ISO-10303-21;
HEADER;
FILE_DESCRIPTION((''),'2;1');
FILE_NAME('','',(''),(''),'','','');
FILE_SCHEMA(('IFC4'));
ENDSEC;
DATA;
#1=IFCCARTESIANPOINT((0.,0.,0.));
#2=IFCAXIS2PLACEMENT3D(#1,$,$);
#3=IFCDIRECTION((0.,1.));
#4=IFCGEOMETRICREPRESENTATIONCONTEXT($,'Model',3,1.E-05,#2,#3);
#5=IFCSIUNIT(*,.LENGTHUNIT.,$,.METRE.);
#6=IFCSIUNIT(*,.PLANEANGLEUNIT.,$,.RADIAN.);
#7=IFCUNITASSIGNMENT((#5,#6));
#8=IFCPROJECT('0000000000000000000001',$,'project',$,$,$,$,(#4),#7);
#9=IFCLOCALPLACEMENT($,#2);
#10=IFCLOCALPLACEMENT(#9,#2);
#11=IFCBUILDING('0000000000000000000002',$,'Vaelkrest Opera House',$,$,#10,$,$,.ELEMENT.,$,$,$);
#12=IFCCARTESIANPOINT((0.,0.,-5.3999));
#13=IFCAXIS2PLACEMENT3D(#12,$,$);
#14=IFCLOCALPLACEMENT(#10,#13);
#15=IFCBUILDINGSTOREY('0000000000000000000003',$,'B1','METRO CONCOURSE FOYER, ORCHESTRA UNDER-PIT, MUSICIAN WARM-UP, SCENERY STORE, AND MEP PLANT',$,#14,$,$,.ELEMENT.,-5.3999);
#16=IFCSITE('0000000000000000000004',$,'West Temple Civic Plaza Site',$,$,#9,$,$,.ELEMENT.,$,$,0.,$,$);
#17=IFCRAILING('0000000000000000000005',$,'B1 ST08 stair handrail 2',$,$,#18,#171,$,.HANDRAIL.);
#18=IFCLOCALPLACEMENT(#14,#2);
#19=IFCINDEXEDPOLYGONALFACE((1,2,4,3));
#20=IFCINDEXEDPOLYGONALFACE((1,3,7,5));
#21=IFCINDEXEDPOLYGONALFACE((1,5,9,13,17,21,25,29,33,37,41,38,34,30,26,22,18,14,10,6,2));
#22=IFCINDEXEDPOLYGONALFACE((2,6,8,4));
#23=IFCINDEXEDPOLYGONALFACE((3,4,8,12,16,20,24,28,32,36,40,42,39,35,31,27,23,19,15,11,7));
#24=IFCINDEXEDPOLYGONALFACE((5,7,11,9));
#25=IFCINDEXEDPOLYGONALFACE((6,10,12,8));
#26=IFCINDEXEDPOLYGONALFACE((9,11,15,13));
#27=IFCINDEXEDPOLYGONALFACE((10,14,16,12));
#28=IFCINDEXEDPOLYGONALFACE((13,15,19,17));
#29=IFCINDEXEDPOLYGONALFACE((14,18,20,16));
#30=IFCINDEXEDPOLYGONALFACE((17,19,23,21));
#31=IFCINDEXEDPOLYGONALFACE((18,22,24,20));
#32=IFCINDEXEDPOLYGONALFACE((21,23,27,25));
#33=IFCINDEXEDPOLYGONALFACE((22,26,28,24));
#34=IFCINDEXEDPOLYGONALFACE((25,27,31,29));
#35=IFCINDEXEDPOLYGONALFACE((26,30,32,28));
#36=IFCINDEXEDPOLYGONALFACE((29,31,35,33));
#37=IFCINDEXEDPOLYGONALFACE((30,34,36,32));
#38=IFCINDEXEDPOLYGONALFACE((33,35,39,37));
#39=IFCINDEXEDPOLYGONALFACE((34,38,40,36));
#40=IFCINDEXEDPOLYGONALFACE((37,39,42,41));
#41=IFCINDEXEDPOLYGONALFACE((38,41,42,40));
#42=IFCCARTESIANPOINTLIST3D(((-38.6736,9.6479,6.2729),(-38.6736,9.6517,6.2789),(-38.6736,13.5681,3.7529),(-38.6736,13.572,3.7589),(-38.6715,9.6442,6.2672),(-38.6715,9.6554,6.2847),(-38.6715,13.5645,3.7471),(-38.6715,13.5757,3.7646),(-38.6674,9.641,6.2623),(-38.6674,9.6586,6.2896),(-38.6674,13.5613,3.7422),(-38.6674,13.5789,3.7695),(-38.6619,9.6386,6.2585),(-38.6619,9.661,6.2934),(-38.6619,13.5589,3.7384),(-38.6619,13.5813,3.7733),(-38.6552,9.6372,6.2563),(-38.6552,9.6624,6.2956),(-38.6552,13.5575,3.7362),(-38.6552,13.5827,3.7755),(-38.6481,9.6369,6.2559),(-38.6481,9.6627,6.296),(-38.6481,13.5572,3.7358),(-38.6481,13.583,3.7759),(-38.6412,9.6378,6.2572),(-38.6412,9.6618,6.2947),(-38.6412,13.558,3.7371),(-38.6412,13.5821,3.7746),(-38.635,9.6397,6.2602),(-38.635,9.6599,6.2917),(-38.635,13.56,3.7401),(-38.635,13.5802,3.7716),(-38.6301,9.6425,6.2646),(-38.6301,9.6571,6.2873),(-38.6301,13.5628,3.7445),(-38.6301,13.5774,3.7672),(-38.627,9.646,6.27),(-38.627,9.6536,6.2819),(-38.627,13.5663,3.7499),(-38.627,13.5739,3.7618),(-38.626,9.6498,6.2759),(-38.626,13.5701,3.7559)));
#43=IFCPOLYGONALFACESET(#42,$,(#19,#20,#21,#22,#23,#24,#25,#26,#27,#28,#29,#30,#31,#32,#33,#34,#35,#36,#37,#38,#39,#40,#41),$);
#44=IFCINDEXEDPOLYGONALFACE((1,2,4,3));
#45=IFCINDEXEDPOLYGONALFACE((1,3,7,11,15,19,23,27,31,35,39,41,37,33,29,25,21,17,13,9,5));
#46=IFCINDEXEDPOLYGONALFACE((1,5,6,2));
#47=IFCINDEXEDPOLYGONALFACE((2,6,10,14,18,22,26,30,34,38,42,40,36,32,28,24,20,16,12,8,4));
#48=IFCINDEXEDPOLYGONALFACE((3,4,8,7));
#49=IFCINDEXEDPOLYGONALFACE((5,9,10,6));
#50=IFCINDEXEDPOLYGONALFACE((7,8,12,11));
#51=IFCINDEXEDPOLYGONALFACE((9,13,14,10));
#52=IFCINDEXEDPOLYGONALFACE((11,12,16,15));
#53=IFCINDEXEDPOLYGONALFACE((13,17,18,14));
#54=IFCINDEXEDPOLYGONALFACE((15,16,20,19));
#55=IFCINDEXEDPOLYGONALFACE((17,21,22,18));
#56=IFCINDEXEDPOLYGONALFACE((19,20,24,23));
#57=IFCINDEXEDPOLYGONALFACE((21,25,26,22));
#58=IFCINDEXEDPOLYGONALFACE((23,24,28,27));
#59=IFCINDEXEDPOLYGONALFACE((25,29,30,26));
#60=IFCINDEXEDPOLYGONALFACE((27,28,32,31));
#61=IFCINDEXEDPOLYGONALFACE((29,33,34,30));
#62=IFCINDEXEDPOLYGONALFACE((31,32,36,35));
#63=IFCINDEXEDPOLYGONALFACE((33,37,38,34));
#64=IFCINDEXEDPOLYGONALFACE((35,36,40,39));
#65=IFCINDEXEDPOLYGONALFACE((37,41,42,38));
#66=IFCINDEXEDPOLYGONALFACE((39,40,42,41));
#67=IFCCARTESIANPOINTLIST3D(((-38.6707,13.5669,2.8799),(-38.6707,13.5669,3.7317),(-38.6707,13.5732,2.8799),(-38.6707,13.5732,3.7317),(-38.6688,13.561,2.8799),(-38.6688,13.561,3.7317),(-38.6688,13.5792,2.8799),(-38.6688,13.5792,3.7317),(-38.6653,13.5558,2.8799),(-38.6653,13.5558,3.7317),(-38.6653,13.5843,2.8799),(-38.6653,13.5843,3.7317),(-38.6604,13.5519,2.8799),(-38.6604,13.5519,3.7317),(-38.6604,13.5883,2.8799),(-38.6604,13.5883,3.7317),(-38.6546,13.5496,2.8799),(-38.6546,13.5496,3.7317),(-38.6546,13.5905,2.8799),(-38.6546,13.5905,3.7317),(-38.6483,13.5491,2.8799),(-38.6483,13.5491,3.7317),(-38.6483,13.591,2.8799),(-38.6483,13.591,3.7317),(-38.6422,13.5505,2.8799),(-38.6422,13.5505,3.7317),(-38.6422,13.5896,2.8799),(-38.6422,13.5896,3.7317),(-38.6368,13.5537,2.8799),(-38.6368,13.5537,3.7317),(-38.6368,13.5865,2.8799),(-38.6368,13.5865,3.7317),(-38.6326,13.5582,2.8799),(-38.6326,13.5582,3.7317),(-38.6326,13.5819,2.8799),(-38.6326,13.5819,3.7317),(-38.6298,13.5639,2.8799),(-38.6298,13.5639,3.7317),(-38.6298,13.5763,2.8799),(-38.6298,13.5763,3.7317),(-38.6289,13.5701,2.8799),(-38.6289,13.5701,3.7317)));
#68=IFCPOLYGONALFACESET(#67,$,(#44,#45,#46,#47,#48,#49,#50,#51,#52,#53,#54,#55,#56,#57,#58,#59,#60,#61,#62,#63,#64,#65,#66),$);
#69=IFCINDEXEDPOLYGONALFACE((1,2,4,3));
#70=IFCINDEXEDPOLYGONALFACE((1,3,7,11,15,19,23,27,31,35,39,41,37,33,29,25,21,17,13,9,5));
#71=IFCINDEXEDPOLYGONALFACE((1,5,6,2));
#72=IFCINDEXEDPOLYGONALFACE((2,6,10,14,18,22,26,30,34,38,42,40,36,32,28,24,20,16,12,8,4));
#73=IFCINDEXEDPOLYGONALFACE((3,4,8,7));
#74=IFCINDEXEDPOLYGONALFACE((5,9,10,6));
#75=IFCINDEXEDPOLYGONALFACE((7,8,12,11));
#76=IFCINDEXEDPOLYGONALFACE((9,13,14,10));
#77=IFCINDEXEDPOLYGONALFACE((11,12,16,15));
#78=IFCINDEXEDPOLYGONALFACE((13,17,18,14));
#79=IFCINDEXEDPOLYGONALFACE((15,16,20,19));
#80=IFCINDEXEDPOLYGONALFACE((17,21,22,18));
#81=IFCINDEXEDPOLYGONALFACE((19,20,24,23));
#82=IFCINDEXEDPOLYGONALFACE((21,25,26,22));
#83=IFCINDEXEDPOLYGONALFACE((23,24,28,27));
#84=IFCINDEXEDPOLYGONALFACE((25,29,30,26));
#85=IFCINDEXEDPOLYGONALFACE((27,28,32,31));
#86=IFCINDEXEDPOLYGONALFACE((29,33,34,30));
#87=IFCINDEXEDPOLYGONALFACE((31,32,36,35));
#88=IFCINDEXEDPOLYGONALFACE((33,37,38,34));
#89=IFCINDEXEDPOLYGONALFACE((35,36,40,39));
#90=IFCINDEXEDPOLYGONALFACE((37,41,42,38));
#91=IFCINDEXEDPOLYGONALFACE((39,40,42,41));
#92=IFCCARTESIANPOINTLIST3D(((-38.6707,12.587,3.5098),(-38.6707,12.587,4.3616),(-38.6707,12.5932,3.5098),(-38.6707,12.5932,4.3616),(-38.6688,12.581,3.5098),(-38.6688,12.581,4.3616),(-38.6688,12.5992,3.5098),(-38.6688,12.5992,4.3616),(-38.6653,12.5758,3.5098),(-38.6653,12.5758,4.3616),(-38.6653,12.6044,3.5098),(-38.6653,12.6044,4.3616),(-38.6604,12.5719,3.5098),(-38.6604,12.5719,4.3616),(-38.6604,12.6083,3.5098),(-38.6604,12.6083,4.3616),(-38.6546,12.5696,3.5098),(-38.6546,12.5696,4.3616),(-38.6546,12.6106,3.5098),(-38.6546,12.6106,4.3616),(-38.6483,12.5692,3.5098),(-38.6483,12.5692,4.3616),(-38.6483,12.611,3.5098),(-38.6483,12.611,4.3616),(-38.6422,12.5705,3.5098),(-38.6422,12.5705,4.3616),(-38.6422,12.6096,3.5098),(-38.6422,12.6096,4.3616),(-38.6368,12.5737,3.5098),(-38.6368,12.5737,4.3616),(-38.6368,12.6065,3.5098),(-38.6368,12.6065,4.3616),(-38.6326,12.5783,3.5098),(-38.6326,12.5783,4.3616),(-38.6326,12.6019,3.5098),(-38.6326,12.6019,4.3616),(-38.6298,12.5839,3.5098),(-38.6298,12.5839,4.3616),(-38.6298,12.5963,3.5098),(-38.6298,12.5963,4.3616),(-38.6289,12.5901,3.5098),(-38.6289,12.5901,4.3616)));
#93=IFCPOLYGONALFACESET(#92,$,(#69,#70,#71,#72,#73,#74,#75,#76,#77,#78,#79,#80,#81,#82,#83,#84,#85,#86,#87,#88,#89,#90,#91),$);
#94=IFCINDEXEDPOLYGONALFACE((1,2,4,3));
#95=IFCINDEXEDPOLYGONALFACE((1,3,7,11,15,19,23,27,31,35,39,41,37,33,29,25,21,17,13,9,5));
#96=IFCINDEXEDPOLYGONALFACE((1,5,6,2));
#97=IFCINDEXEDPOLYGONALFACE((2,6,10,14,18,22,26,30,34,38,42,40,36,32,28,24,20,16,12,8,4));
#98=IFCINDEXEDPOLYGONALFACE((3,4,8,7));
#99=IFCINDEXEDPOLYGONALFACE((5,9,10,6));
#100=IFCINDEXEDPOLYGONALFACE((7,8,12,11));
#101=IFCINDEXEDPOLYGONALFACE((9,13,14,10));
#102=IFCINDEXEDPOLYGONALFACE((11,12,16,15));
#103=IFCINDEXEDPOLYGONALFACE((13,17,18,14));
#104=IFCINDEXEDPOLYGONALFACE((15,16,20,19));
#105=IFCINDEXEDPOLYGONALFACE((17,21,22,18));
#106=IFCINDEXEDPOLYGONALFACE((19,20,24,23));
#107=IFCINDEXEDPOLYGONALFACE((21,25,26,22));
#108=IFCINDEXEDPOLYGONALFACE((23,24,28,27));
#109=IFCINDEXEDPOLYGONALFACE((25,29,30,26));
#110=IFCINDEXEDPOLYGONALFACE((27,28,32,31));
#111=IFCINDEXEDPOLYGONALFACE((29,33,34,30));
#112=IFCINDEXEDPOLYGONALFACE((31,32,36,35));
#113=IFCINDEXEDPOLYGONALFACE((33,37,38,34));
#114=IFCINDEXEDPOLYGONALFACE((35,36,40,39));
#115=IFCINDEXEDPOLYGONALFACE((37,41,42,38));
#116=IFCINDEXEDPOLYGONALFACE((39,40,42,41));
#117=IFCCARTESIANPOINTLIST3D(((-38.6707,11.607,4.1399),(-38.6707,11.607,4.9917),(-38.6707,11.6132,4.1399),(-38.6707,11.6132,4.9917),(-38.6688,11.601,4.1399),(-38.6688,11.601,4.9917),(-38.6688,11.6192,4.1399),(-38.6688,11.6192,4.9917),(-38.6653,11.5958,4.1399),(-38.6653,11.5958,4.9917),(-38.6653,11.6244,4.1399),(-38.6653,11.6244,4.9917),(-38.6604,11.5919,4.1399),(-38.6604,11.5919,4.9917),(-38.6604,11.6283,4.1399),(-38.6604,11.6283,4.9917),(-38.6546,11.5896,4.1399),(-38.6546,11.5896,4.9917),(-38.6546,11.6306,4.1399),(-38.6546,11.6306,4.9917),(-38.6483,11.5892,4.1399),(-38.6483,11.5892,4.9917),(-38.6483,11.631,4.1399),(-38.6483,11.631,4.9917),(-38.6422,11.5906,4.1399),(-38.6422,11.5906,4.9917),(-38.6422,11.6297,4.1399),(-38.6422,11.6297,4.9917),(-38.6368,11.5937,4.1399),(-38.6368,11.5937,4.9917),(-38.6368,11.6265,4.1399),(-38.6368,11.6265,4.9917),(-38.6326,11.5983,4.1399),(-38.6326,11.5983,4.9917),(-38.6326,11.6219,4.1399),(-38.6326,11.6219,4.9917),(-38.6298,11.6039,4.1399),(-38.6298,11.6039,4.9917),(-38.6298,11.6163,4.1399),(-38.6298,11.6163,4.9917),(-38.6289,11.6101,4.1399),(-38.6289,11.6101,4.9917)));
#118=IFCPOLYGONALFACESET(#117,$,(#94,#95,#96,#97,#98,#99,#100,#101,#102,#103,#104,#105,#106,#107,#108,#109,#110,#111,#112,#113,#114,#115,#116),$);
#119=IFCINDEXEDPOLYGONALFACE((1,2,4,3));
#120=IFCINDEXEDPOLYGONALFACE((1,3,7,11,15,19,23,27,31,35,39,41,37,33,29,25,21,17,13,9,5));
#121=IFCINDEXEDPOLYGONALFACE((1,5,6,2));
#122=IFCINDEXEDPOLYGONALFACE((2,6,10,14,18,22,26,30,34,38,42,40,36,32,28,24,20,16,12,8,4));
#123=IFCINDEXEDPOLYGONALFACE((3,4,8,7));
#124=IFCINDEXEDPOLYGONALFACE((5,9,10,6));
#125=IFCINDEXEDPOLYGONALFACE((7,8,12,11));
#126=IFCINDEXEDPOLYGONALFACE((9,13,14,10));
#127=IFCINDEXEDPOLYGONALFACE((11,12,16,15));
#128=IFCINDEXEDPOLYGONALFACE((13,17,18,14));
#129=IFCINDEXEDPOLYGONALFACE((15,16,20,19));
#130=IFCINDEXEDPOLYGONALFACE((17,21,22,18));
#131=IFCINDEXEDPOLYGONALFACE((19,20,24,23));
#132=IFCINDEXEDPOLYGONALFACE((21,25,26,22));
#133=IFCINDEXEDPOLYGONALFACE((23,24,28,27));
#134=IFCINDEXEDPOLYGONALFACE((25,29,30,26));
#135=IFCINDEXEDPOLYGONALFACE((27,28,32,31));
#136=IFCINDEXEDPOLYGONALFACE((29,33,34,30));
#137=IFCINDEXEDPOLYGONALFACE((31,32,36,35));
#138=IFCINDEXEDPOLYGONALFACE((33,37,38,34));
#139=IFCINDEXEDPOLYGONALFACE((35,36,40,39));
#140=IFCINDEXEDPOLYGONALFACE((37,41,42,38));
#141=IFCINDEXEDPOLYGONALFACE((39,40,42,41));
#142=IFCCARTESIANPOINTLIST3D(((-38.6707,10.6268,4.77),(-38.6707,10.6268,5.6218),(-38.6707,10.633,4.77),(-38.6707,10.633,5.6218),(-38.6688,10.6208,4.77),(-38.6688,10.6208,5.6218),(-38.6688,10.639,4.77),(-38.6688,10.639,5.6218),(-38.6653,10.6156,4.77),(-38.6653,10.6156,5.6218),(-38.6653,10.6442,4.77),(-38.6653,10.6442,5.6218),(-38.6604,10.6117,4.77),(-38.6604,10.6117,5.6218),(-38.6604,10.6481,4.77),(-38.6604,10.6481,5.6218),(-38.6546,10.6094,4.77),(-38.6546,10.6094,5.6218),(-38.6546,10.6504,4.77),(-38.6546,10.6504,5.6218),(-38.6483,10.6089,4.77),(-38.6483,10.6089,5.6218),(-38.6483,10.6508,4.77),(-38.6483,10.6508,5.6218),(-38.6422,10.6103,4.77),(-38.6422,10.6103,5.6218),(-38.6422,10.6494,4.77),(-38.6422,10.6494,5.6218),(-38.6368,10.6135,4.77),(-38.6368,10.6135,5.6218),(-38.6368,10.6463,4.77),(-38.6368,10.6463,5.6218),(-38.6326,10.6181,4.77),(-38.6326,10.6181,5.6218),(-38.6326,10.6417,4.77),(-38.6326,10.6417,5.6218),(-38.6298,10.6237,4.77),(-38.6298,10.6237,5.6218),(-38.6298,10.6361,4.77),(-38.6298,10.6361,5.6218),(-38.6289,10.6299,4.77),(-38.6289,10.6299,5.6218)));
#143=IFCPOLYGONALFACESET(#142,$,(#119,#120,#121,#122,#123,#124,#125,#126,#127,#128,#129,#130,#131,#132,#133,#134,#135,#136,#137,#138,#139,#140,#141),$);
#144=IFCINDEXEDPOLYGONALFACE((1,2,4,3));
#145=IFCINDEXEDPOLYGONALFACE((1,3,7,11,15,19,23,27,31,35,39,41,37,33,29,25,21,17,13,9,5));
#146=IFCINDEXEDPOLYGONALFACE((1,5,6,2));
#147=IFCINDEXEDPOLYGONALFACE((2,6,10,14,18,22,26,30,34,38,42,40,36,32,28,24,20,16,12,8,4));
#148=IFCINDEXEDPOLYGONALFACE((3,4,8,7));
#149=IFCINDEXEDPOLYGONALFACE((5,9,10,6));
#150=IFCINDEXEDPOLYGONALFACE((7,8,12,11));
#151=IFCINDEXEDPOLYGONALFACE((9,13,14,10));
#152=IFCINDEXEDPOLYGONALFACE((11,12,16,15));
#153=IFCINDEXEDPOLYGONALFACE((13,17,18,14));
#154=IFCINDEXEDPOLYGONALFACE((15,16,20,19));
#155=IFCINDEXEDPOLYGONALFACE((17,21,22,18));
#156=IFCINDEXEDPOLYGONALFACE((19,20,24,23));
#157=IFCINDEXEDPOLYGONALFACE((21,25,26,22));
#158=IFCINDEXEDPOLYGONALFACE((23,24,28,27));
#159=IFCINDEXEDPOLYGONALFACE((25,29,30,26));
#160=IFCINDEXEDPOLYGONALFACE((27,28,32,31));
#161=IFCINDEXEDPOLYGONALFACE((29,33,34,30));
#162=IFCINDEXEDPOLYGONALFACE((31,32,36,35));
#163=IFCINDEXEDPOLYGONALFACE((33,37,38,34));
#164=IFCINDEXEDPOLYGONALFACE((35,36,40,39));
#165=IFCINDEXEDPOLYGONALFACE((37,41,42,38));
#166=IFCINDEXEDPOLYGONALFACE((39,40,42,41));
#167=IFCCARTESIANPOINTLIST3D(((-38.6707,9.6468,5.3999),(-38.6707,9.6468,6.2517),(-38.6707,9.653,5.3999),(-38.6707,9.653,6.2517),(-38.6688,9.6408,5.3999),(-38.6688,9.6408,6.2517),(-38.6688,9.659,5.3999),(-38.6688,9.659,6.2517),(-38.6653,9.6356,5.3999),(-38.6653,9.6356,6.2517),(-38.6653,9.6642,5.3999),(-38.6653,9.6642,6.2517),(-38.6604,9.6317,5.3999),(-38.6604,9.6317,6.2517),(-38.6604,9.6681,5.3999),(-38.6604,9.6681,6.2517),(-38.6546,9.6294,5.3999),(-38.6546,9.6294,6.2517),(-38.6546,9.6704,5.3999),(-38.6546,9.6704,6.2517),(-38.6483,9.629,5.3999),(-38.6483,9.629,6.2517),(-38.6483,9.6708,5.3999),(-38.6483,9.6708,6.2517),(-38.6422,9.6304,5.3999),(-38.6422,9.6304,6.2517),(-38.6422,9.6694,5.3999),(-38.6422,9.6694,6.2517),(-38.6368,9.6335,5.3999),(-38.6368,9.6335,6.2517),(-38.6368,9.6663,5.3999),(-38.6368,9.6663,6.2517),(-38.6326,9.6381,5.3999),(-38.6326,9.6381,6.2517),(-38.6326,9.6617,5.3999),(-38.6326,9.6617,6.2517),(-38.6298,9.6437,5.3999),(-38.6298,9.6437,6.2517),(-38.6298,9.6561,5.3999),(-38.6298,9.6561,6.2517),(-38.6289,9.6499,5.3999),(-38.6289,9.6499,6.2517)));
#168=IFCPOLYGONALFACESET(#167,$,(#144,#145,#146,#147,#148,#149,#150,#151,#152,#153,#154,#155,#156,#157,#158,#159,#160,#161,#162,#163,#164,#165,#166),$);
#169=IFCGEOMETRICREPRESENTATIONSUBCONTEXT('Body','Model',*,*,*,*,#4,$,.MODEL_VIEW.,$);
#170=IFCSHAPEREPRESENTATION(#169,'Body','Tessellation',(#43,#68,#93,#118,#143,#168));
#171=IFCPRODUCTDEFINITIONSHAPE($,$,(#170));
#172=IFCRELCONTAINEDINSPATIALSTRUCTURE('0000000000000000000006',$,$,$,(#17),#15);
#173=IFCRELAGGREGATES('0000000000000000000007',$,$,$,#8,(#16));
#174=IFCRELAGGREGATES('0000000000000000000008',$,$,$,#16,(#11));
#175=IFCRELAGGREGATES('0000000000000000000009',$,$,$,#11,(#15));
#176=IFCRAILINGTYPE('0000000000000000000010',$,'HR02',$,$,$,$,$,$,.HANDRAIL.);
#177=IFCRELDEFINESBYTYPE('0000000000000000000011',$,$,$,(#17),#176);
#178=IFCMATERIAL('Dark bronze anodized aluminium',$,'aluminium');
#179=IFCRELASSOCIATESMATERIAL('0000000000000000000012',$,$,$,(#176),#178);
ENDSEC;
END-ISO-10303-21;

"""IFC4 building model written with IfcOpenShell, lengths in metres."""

from ifc_helpers import new_model, si_unit, direction, frame, origin, origin_2d, place, context, subcontext, project, spatial, circle, extrude, material, type_object, element, save


model = new_model("IFC4")

# Units and contexts
model_context = context("Model", 3, precision=1e-05, world=origin(), true_north=direction((0.0, 1.0)))
body_context = subcontext(model_context, "Body", "Model", "MODEL_VIEW")
ifc_project = project(units=[si_unit("LENGTHUNIT", "METRE"), si_unit("PLANEANGLEUNIT", "RADIAN")], contexts=[model_context])

# Site, building, storey
site_placement = place(None, origin())
site = spatial("IfcSite", under=ifc_project, at=site_placement, Name="West Temple Civic Plaza Site", CompositionType="ELEMENT", RefElevation=0.0)
building_placement = place(site_placement, origin())
building = spatial("IfcBuilding", under=site, at=building_placement, Name="Vaelkrest Opera House", CompositionType="ELEMENT")
storey_placement = place(building_placement, frame((0.0, 0.0, -5.3999)))
storey = spatial("IfcBuildingStorey", under=building, at=storey_placement, Name="B1", Description="METRO CONCOURSE FOYER, ORCHESTRA UNDER-PIT, MUSICIAN WARM-UP, SCENERY STORE, AND MEP PLANT", CompositionType="ELEMENT", Elevation=-5.3999)

# Railing
ifc_material_1 = material(Name="Dark bronze anodized aluminium", Category="aluminium")
railing_type_1 = type_object("IfcRailingType", Name="HR02", PredefinedType="HANDRAIL", material=ifc_material_1)
railing_1_placement = place(storey_placement, frame((-38.6499, 13.5701, 2.8799)))
element("IfcRailing", 1, at=railing_1_placement, inside=storey, type_object=railing_type_1, Name="B1 ST08 stair handrail 2", PredefinedType="HANDRAIL", context=body_context, shape_type="SweptSolid", body=[
    extrude(circle(Radius=0.0239, at=origin_2d()), frame((0.0, 0.0, 0.876), z_axis=(0.0, -0.841187, 0.540744), x_axis=(1.0, 0.0, 0.0)), (0.0, 0.0, 1.0), 4.6604),
    extrude(circle(Radius=0.021, at=origin_2d()), origin(), (0.0, 0.0, 1.0), 0.8518),
    extrude(circle(Radius=0.021, at=origin_2d()), frame((0.0, -0.98, 0.6299)), (0.0, 0.0, 1.0), 0.8518),
    extrude(circle(Radius=0.021, at=origin_2d()), frame((0.0, -1.96, 1.26)), (0.0, 0.0, 1.0), 0.8518),
    extrude(circle(Radius=0.021, at=origin_2d()), frame((0.0, -2.9402, 1.8901)), (0.0, 0.0, 1.0), 0.8518),
    extrude(circle(Radius=0.021, at=origin_2d()), frame((0.0, -3.9202, 2.52)), (0.0, 0.0, 1.0), 0.8518),
])

save(model, "model.ifc")
